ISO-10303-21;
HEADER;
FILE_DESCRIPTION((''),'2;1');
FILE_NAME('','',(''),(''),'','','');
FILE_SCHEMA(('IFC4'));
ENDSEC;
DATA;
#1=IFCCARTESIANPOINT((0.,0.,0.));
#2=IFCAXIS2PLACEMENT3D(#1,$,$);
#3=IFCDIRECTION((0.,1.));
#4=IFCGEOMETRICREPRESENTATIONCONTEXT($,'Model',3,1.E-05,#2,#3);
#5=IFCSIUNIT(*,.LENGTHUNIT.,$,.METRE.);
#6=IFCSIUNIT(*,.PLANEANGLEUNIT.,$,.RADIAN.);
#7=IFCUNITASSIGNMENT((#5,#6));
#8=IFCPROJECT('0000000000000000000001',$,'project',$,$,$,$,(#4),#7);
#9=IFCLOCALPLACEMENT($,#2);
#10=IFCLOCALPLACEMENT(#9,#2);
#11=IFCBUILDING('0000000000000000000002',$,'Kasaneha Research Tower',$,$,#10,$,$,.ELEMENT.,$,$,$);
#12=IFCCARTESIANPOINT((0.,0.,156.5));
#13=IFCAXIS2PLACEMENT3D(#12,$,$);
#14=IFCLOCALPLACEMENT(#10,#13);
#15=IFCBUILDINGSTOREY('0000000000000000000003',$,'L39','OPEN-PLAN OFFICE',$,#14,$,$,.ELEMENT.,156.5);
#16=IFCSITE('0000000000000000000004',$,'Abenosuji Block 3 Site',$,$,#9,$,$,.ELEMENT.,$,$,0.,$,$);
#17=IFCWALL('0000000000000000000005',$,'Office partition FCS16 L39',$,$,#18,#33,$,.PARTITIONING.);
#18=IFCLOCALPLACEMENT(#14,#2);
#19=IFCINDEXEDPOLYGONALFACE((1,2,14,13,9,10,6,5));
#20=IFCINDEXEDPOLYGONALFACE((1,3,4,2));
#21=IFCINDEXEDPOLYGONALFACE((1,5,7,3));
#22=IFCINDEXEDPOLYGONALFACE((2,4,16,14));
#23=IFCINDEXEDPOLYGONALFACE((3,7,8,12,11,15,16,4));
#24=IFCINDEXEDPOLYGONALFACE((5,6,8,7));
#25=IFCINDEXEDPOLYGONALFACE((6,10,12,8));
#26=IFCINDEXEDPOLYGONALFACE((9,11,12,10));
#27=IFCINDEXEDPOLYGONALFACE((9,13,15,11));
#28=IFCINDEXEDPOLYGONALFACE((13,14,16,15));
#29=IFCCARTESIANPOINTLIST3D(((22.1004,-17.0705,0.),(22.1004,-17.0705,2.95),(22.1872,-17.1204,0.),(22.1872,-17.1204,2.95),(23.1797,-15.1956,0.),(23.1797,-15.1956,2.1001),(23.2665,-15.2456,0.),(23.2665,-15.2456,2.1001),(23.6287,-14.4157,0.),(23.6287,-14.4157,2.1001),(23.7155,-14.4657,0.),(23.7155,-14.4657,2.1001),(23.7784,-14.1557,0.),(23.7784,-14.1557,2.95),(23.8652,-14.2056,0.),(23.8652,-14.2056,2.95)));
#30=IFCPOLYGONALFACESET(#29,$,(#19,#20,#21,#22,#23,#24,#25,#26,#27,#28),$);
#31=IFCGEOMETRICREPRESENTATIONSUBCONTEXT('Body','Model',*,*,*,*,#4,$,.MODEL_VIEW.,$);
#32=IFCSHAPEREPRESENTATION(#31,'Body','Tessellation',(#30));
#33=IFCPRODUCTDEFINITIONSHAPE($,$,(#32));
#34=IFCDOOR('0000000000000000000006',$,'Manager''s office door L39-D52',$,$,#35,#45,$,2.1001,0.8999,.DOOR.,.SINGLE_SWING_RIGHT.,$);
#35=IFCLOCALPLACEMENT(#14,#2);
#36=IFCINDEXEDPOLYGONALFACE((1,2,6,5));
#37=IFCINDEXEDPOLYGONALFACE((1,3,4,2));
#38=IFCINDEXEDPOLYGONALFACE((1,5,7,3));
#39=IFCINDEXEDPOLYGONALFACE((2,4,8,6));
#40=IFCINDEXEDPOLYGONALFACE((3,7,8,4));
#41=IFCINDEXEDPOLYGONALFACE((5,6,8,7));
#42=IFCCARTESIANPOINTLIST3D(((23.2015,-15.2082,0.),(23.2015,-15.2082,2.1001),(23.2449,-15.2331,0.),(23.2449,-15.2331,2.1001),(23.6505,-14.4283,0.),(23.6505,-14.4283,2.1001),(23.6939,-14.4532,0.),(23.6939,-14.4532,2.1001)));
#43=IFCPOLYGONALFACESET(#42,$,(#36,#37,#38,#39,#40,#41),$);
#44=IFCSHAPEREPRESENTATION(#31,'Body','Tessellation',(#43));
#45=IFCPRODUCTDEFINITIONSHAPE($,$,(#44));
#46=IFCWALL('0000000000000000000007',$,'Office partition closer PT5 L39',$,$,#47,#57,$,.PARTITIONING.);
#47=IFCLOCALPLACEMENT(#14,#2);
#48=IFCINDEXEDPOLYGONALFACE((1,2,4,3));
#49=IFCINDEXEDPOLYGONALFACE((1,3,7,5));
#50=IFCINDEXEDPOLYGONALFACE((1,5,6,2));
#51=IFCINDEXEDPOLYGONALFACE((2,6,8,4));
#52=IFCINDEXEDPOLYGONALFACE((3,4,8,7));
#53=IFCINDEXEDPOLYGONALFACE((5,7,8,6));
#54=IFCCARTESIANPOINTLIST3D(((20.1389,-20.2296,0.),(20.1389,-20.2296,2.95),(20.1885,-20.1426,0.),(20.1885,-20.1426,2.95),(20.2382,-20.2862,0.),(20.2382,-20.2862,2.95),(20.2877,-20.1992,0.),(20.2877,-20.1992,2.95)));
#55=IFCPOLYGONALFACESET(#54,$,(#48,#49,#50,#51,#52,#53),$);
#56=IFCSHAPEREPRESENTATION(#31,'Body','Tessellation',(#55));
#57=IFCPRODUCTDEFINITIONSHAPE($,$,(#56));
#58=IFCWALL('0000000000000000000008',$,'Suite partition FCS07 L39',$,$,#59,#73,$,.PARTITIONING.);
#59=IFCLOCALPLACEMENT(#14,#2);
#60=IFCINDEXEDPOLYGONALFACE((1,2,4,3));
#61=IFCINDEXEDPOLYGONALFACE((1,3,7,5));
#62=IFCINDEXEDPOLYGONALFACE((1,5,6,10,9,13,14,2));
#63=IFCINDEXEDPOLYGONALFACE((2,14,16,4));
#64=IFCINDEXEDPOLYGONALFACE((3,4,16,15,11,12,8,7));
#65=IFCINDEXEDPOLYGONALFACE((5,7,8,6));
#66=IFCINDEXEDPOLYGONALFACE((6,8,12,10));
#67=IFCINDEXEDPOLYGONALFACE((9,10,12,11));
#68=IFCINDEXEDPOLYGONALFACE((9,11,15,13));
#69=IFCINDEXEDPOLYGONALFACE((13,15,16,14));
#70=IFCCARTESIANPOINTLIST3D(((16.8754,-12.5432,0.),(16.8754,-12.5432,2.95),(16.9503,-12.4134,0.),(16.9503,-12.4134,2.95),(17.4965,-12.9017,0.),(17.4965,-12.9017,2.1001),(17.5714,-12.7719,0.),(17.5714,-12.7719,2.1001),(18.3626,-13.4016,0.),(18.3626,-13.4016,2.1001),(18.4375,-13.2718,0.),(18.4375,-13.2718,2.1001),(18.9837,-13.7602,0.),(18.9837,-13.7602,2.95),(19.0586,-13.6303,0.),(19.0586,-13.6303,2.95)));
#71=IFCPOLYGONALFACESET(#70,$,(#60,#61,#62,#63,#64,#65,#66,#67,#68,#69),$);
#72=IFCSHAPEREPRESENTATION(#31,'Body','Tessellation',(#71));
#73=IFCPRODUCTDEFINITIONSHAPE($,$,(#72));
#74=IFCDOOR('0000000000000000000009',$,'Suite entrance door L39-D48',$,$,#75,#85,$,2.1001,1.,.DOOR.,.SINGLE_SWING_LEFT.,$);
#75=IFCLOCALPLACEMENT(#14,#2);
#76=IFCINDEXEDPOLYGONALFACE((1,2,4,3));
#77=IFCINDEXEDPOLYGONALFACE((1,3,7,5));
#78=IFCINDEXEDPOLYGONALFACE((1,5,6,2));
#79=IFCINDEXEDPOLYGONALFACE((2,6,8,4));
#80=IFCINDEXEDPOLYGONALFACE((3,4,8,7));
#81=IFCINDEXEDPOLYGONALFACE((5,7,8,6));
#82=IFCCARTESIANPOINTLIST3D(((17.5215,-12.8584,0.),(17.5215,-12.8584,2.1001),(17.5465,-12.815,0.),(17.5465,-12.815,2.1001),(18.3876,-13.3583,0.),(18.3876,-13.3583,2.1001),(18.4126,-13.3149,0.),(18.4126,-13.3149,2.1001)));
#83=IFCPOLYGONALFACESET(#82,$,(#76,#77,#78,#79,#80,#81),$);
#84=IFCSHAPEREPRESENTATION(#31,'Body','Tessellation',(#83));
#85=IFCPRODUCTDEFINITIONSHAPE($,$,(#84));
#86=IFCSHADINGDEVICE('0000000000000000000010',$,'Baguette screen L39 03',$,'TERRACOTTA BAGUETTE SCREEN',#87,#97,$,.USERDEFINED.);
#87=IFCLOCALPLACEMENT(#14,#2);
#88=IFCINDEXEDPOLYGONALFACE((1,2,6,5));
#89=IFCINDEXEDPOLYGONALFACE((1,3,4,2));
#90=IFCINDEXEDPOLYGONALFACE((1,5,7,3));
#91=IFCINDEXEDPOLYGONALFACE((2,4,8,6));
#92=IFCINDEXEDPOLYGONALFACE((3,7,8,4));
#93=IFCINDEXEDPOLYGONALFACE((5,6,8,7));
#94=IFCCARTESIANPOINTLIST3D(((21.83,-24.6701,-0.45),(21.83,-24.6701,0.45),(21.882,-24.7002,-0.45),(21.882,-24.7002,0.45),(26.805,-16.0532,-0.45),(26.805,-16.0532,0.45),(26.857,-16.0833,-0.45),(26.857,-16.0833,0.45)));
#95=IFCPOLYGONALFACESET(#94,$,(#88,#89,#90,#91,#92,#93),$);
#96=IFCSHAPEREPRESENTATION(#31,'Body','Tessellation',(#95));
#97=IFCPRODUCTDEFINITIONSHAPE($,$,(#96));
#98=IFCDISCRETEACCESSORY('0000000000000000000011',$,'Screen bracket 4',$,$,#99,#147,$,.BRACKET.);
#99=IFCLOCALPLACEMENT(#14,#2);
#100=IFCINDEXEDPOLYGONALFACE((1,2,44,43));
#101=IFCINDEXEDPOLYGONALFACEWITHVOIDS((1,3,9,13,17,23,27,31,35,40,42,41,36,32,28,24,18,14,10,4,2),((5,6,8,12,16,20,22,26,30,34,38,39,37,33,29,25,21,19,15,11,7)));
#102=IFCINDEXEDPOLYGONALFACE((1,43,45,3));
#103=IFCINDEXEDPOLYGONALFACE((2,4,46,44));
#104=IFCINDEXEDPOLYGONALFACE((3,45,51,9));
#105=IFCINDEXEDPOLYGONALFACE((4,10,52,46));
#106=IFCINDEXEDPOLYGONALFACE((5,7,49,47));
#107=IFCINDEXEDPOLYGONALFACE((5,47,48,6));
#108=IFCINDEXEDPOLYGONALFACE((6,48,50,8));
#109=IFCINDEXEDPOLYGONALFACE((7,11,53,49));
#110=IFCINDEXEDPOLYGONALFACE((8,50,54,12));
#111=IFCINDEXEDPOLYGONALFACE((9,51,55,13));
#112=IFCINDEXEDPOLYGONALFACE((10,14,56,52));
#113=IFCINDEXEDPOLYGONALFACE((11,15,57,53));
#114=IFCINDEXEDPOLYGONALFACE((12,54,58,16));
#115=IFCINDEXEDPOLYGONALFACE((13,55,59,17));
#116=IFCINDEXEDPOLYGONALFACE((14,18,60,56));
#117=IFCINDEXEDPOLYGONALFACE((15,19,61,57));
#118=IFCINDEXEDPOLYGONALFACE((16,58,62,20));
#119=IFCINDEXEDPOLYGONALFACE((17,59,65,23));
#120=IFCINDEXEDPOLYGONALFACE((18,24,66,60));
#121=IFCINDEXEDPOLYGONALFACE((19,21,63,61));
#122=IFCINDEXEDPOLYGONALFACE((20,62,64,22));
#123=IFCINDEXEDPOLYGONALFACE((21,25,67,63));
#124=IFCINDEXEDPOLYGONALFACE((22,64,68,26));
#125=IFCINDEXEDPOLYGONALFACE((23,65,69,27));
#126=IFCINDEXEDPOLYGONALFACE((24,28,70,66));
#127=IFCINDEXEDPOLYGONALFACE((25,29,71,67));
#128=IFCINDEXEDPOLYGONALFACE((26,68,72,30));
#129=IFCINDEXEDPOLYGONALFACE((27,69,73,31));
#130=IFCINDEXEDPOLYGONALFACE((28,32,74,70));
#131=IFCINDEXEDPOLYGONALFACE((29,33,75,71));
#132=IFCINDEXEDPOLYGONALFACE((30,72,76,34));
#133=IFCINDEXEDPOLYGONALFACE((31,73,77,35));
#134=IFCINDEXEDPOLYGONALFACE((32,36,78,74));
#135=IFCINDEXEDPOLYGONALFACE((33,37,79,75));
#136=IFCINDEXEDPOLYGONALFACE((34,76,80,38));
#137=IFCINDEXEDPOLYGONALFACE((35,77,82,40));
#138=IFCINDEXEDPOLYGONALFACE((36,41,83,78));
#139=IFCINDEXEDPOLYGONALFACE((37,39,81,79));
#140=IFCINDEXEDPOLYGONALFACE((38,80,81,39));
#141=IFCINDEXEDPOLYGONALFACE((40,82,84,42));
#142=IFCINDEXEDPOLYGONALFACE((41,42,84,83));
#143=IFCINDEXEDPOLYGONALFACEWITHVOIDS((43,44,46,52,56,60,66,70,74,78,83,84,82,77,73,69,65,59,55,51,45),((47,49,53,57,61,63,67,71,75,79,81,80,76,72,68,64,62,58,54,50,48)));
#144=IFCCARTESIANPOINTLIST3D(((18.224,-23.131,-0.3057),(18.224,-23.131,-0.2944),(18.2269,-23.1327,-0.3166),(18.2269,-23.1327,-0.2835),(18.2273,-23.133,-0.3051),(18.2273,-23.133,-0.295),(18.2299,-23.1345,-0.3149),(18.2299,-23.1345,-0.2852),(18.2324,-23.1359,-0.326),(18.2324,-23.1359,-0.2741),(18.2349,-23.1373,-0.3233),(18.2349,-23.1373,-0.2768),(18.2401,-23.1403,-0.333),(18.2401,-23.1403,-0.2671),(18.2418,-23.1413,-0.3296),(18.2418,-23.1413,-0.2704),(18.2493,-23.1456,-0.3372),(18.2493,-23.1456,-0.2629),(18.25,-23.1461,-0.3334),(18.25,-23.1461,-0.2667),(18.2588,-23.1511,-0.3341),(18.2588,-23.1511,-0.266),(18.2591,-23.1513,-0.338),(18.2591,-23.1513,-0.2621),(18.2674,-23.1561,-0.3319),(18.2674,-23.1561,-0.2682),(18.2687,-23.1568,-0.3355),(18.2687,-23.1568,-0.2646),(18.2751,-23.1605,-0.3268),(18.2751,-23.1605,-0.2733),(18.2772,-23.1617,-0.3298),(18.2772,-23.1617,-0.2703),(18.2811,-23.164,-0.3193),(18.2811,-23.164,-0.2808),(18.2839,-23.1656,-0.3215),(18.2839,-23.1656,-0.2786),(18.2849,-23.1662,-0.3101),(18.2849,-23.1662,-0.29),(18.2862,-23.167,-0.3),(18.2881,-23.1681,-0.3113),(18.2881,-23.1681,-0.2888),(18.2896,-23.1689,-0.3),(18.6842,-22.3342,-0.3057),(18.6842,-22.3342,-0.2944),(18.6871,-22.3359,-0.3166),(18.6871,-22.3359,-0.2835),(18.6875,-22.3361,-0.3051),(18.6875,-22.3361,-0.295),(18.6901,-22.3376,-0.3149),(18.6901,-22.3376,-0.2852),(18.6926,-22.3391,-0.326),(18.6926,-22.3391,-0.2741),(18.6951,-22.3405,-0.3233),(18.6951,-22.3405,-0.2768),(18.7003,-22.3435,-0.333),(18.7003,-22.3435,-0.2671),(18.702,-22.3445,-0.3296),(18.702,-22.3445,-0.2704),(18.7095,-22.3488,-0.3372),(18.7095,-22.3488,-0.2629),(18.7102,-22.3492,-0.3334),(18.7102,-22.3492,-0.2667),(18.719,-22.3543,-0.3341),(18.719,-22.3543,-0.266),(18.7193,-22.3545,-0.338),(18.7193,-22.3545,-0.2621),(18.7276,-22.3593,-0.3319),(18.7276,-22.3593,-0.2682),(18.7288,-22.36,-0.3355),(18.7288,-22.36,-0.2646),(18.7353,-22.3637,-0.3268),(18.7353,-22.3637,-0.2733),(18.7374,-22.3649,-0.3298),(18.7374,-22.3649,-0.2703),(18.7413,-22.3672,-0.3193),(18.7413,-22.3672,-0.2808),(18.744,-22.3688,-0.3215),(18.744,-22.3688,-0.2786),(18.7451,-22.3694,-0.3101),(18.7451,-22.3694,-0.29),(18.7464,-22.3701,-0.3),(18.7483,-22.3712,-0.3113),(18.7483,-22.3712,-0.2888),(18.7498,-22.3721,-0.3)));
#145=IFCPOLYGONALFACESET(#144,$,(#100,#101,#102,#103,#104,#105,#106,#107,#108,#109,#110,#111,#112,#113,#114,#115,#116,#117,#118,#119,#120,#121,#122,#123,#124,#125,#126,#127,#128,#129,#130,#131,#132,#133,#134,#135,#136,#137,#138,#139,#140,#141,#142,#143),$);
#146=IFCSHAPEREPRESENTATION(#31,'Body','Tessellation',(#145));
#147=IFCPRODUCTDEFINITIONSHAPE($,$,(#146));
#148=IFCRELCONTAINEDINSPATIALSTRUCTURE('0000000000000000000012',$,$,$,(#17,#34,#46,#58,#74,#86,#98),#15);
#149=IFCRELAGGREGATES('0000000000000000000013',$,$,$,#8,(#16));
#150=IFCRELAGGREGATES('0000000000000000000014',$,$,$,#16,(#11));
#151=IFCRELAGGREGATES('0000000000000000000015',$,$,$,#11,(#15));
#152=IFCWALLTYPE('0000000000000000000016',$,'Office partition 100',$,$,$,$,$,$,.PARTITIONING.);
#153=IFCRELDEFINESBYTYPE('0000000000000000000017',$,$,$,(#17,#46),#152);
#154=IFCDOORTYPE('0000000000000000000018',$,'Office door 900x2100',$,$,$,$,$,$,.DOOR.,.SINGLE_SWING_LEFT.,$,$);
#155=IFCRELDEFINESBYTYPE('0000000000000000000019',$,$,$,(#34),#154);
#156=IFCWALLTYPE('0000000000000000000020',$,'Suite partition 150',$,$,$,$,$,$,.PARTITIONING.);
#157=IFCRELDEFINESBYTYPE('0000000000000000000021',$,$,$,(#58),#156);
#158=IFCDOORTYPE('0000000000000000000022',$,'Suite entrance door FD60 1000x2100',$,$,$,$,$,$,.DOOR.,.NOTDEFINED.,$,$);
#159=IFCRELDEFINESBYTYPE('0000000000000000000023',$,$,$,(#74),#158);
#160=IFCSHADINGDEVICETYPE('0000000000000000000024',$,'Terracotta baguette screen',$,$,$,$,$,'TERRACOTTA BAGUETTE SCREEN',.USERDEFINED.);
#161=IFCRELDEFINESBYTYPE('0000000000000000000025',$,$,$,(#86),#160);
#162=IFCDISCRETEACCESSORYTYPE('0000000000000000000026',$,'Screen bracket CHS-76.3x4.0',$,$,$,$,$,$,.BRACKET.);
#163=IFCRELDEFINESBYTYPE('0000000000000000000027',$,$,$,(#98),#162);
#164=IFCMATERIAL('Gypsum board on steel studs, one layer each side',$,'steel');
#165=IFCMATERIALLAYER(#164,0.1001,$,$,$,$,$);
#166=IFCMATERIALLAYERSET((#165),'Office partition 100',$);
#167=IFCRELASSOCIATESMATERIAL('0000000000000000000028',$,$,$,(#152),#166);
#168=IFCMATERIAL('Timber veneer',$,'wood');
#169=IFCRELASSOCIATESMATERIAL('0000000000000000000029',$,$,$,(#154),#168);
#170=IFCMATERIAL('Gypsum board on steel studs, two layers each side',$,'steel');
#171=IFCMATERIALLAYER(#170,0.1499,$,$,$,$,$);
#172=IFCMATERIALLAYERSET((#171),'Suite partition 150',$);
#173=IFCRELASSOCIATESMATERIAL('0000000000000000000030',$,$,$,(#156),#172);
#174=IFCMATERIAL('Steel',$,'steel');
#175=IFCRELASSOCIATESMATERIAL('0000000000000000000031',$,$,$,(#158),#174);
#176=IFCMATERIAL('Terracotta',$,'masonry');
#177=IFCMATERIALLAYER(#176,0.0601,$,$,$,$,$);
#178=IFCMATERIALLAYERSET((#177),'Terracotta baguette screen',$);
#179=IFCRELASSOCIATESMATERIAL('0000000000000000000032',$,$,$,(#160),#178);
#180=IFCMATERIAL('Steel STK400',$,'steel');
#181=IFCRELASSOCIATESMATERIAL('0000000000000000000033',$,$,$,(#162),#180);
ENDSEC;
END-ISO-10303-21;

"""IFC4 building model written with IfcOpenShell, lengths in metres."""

from ifc_helpers import new_model, si_unit, direction, frame, frame_2d, origin, origin_2d, place, context, subcontext, project, spatial, rectangle, hollow_circle, extrude, material, layer, layer_set, material_profile, profile_set, type_object, element, fill, save


model = new_model("IFC4")

# Units and contexts
model_context = context("Model", 3, precision=1e-05, world=origin(), true_north=direction((0.0, 1.0)))
body_context = subcontext(model_context, "Body", "Model", "MODEL_VIEW")
ifc_project = project(units=[si_unit("LENGTHUNIT", "METRE"), si_unit("PLANEANGLEUNIT", "RADIAN")], contexts=[model_context])

# Site, building, storey
site_placement = place(None, origin())
site = spatial("IfcSite", under=ifc_project, at=site_placement, Name="Abenosuji Block 3 Site", CompositionType="ELEMENT", RefElevation=0.0)
building_placement = place(site_placement, origin())
building = spatial("IfcBuilding", under=site, at=building_placement, Name="Kasaneha Research Tower", CompositionType="ELEMENT")
storey_placement = place(building_placement, frame((0.0, 0.0, 156.5)))
storey = spatial("IfcBuildingStorey", under=building, at=storey_placement, Name="L39", Description="OPEN-PLAN OFFICE", CompositionType="ELEMENT", Elevation=156.5)

# Shared definitions
ifc_material_1 = material(Name="Gypsum board on steel studs, one layer each side", Category="steel")
ifc_layer_1 = layer(ifc_material_1, 0.1001)
ifc_layer_set_1 = layer_set([ifc_layer_1], Name="Office partition 100")
wall_type_1 = type_object("IfcWallType", Name="Office partition 100", PredefinedType="PARTITIONING", material=ifc_layer_set_1)

# Wall, opening, door
ifc_material_2 = material(Name="Timber veneer", Category="wood")
door_type_1 = type_object("IfcDoorType", Name="Office door 900x2100", OperationType="SINGLE_SWING_LEFT", PredefinedType="DOOR", material=ifc_material_2)
wall_1_placement = place(storey_placement, frame((22.1438, -17.0955, 0.0), z_axis=(0.0, 0.0, 1.0), x_axis=(0.498912, 0.866653, 0.0)))
wall_1 = element("IfcWall", 1, at=wall_1_placement, inside=storey, type_object=wall_type_1, Name="Office partition FCS16 L39", PredefinedType="PARTITIONING", context=body_context, shape_type="SweptSolid", body=[
    extrude(rectangle(XDim=3.3633, YDim=0.1001, at=frame_2d((1.6816, 0.0))), origin(), (0.0, 0.0, 1.0), 2.95),
])
opening_1_placement = place(wall_1_placement, frame((2.1633, 0.0, 0.0)))
opening_1 = element("IfcOpeningElement", 2, at=opening_1_placement, cuts=wall_1, PredefinedType="OPENING", context=body_context, shape_type="SweptSolid", body=[
    extrude(rectangle(XDim=0.8999, YDim=2.1001, at=frame_2d((0.45, 1.05))), frame((0.0, 0.0601, 0.0), z_axis=(0.0, -1.0, 0.0), x_axis=(1.0, 0.0, 0.0)), (0.0, 0.0, 1.0), 0.1201),
])
door_1_placement = place(opening_1_placement, origin())
door_1 = element("IfcDoor", 3, at=door_1_placement, inside=storey, type_object=door_type_1, Name="Manager's office door L39-D52", OperationType="SINGLE_SWING_RIGHT", OverallHeight=2.1001, OverallWidth=0.8999, PredefinedType="DOOR", context=body_context, shape_type="SweptSolid", body=[
    extrude(rectangle(XDim=0.8999, YDim=2.1001, at=frame_2d((0.45, 1.05))), frame((0.0, 0.0249, 0.0), z_axis=(0.0, -1.0, 0.0), x_axis=(1.0, 0.0, 0.0)), (0.0, 0.0, 1.0), 0.05),
])
fill(opening_1, door_1)

# Wall
wall_2_placement = place(storey_placement, frame((20.2629, -20.2427, 0.0), z_axis=(0.0, 0.0, 1.0), x_axis=(-0.868768, 0.495219, 0.0)))
element("IfcWall", 4, at=wall_2_placement, inside=storey, type_object=wall_type_1, Name="Office partition closer PT5 L39", PredefinedType="PARTITIONING", context=body_context, shape_type="SweptSolid", body=[
    extrude(rectangle(XDim=0.1143, YDim=0.1001, at=frame_2d((0.0571, 0.0))), origin(), (0.0, 0.0, 1.0), 2.95),
])

# Wall, opening, door
ifc_material_3 = material(Name="Gypsum board on steel studs, two layers each side", Category="steel")
ifc_layer_2 = layer(ifc_material_3, 0.1499)
ifc_layer_set_2 = layer_set([ifc_layer_2], Name="Suite partition 150")
wall_type_2 = type_object("IfcWallType", Name="Suite partition 150", PredefinedType="PARTITIONING", material=ifc_layer_set_2)
wall_3_placement = place(storey_placement, frame((19.0212, -13.6953, 0.0), z_axis=(0.0, 0.0, 1.0), x_axis=(-0.866069, 0.499925, 0.0)))
wall_3 = element("IfcWall", 5, at=wall_3_placement, inside=storey, type_object=wall_type_2, Name="Suite partition FCS07 L39", PredefinedType="PARTITIONING", context=body_context, shape_type="SweptSolid", body=[
    extrude(rectangle(XDim=2.4343, YDim=0.1499, at=frame_2d((1.2173, 0.0))), origin(), (0.0, 0.0, 1.0), 2.95),
])
opening_2_placement = place(wall_3_placement, frame((0.7173, 0.0, 0.0)))
opening_2 = element("IfcOpeningElement", 6, at=opening_2_placement, cuts=wall_3, PredefinedType="OPENING", context=body_context, shape_type="SweptSolid", body=[
    extrude(rectangle(XDim=1.0, YDim=2.1001, at=frame_2d((0.5, 1.05))), frame((0.0, 0.085, 0.0), z_axis=(0.0, -1.0, 0.0), x_axis=(1.0, 0.0, 0.0)), (0.0, 0.0, 1.0), 0.1699),
])
ifc_material_4 = material(Name="Steel", Category="steel")
door_type_2 = type_object("IfcDoorType", Name="Suite entrance door FD60 1000x2100", OperationType="NOTDEFINED", PredefinedType="DOOR", material=ifc_material_4)
door_2_placement = place(opening_2_placement, origin())
door_2 = element("IfcDoor", 7, at=door_2_placement, inside=storey, type_object=door_type_2, Name="Suite entrance door L39-D48", OperationType="SINGLE_SWING_LEFT", OverallHeight=2.1001, OverallWidth=1.0, PredefinedType="DOOR", context=body_context, shape_type="SweptSolid", body=[
    extrude(rectangle(XDim=1.0, YDim=2.1001, at=frame_2d((0.5, 1.05))), frame((0.0, 0.0249, 0.0), z_axis=(0.0, -1.0, 0.0), x_axis=(1.0, 0.0, 0.0)), (0.0, 0.0, 1.0), 0.05),
])
fill(opening_2, door_2)

# Shading device
ifc_material_5 = material(Name="Terracotta", Category="masonry")
ifc_layer_3 = layer(ifc_material_5, 0.0601)
ifc_layer_set_3 = layer_set([ifc_layer_3], Name="Terracotta baguette screen")
shading_device_type = type_object("IfcShadingDeviceType", Name="Terracotta baguette screen", ElementType="TERRACOTTA BAGUETTE SCREEN", PredefinedType="USERDEFINED", material=ifc_layer_set_3)
shading_device_placement = place(storey_placement, frame((24.3435, -20.3767, -0.45), z_axis=(0.0, 0.0, 1.0), x_axis=(0.5, 0.866025, 0.0)))
element("IfcShadingDevice", 8, at=shading_device_placement, inside=storey, type_object=shading_device_type, Name="Baguette screen L39 03", ObjectType="TERRACOTTA BAGUETTE SCREEN", PredefinedType="USERDEFINED", context=body_context, shape_type="SweptSolid", body=[
    extrude(rectangle(XDim=9.95, YDim=0.0601, at=origin_2d()), origin(), (0.0, 0.0, 1.0), 0.8999),
])

# Discrete accessory
ifc_material_6 = material(Name="Steel STK400", Category="steel")
ifc_material_profile_1 = material_profile(ifc_material_6, hollow_circle(Radius=0.0381, WallThickness=0.0039, at=origin_2d()), Name="CHS-76.3x4.0")
ifc_profile_set_1 = profile_set([ifc_material_profile_1], Name="Steel STK400")
discrete_accessory_type = type_object("IfcDiscreteAccessoryType", Name="Screen bracket CHS-76.3x4.0", PredefinedType="BRACKET", material=ifc_profile_set_1)
discrete_accessory_1_placement = place(storey_placement, frame((18.7168, -22.353, -0.3), z_axis=(-0.500105, -0.865965, 0.0), x_axis=(0.865965, -0.500105, 0.0)))
element("IfcDiscreteAccessory", 9, at=discrete_accessory_1_placement, inside=storey, type_object=discrete_accessory_type, Name="Screen bracket 4", PredefinedType="BRACKET", context=body_context, shape_type="SweptSolid", body=[
    extrude(hollow_circle(Radius=0.0381, WallThickness=0.0039, at=origin_2d()), origin(), (0.0, 0.0, 1.0), 0.9202),
])

save(model, "model.ifc")
